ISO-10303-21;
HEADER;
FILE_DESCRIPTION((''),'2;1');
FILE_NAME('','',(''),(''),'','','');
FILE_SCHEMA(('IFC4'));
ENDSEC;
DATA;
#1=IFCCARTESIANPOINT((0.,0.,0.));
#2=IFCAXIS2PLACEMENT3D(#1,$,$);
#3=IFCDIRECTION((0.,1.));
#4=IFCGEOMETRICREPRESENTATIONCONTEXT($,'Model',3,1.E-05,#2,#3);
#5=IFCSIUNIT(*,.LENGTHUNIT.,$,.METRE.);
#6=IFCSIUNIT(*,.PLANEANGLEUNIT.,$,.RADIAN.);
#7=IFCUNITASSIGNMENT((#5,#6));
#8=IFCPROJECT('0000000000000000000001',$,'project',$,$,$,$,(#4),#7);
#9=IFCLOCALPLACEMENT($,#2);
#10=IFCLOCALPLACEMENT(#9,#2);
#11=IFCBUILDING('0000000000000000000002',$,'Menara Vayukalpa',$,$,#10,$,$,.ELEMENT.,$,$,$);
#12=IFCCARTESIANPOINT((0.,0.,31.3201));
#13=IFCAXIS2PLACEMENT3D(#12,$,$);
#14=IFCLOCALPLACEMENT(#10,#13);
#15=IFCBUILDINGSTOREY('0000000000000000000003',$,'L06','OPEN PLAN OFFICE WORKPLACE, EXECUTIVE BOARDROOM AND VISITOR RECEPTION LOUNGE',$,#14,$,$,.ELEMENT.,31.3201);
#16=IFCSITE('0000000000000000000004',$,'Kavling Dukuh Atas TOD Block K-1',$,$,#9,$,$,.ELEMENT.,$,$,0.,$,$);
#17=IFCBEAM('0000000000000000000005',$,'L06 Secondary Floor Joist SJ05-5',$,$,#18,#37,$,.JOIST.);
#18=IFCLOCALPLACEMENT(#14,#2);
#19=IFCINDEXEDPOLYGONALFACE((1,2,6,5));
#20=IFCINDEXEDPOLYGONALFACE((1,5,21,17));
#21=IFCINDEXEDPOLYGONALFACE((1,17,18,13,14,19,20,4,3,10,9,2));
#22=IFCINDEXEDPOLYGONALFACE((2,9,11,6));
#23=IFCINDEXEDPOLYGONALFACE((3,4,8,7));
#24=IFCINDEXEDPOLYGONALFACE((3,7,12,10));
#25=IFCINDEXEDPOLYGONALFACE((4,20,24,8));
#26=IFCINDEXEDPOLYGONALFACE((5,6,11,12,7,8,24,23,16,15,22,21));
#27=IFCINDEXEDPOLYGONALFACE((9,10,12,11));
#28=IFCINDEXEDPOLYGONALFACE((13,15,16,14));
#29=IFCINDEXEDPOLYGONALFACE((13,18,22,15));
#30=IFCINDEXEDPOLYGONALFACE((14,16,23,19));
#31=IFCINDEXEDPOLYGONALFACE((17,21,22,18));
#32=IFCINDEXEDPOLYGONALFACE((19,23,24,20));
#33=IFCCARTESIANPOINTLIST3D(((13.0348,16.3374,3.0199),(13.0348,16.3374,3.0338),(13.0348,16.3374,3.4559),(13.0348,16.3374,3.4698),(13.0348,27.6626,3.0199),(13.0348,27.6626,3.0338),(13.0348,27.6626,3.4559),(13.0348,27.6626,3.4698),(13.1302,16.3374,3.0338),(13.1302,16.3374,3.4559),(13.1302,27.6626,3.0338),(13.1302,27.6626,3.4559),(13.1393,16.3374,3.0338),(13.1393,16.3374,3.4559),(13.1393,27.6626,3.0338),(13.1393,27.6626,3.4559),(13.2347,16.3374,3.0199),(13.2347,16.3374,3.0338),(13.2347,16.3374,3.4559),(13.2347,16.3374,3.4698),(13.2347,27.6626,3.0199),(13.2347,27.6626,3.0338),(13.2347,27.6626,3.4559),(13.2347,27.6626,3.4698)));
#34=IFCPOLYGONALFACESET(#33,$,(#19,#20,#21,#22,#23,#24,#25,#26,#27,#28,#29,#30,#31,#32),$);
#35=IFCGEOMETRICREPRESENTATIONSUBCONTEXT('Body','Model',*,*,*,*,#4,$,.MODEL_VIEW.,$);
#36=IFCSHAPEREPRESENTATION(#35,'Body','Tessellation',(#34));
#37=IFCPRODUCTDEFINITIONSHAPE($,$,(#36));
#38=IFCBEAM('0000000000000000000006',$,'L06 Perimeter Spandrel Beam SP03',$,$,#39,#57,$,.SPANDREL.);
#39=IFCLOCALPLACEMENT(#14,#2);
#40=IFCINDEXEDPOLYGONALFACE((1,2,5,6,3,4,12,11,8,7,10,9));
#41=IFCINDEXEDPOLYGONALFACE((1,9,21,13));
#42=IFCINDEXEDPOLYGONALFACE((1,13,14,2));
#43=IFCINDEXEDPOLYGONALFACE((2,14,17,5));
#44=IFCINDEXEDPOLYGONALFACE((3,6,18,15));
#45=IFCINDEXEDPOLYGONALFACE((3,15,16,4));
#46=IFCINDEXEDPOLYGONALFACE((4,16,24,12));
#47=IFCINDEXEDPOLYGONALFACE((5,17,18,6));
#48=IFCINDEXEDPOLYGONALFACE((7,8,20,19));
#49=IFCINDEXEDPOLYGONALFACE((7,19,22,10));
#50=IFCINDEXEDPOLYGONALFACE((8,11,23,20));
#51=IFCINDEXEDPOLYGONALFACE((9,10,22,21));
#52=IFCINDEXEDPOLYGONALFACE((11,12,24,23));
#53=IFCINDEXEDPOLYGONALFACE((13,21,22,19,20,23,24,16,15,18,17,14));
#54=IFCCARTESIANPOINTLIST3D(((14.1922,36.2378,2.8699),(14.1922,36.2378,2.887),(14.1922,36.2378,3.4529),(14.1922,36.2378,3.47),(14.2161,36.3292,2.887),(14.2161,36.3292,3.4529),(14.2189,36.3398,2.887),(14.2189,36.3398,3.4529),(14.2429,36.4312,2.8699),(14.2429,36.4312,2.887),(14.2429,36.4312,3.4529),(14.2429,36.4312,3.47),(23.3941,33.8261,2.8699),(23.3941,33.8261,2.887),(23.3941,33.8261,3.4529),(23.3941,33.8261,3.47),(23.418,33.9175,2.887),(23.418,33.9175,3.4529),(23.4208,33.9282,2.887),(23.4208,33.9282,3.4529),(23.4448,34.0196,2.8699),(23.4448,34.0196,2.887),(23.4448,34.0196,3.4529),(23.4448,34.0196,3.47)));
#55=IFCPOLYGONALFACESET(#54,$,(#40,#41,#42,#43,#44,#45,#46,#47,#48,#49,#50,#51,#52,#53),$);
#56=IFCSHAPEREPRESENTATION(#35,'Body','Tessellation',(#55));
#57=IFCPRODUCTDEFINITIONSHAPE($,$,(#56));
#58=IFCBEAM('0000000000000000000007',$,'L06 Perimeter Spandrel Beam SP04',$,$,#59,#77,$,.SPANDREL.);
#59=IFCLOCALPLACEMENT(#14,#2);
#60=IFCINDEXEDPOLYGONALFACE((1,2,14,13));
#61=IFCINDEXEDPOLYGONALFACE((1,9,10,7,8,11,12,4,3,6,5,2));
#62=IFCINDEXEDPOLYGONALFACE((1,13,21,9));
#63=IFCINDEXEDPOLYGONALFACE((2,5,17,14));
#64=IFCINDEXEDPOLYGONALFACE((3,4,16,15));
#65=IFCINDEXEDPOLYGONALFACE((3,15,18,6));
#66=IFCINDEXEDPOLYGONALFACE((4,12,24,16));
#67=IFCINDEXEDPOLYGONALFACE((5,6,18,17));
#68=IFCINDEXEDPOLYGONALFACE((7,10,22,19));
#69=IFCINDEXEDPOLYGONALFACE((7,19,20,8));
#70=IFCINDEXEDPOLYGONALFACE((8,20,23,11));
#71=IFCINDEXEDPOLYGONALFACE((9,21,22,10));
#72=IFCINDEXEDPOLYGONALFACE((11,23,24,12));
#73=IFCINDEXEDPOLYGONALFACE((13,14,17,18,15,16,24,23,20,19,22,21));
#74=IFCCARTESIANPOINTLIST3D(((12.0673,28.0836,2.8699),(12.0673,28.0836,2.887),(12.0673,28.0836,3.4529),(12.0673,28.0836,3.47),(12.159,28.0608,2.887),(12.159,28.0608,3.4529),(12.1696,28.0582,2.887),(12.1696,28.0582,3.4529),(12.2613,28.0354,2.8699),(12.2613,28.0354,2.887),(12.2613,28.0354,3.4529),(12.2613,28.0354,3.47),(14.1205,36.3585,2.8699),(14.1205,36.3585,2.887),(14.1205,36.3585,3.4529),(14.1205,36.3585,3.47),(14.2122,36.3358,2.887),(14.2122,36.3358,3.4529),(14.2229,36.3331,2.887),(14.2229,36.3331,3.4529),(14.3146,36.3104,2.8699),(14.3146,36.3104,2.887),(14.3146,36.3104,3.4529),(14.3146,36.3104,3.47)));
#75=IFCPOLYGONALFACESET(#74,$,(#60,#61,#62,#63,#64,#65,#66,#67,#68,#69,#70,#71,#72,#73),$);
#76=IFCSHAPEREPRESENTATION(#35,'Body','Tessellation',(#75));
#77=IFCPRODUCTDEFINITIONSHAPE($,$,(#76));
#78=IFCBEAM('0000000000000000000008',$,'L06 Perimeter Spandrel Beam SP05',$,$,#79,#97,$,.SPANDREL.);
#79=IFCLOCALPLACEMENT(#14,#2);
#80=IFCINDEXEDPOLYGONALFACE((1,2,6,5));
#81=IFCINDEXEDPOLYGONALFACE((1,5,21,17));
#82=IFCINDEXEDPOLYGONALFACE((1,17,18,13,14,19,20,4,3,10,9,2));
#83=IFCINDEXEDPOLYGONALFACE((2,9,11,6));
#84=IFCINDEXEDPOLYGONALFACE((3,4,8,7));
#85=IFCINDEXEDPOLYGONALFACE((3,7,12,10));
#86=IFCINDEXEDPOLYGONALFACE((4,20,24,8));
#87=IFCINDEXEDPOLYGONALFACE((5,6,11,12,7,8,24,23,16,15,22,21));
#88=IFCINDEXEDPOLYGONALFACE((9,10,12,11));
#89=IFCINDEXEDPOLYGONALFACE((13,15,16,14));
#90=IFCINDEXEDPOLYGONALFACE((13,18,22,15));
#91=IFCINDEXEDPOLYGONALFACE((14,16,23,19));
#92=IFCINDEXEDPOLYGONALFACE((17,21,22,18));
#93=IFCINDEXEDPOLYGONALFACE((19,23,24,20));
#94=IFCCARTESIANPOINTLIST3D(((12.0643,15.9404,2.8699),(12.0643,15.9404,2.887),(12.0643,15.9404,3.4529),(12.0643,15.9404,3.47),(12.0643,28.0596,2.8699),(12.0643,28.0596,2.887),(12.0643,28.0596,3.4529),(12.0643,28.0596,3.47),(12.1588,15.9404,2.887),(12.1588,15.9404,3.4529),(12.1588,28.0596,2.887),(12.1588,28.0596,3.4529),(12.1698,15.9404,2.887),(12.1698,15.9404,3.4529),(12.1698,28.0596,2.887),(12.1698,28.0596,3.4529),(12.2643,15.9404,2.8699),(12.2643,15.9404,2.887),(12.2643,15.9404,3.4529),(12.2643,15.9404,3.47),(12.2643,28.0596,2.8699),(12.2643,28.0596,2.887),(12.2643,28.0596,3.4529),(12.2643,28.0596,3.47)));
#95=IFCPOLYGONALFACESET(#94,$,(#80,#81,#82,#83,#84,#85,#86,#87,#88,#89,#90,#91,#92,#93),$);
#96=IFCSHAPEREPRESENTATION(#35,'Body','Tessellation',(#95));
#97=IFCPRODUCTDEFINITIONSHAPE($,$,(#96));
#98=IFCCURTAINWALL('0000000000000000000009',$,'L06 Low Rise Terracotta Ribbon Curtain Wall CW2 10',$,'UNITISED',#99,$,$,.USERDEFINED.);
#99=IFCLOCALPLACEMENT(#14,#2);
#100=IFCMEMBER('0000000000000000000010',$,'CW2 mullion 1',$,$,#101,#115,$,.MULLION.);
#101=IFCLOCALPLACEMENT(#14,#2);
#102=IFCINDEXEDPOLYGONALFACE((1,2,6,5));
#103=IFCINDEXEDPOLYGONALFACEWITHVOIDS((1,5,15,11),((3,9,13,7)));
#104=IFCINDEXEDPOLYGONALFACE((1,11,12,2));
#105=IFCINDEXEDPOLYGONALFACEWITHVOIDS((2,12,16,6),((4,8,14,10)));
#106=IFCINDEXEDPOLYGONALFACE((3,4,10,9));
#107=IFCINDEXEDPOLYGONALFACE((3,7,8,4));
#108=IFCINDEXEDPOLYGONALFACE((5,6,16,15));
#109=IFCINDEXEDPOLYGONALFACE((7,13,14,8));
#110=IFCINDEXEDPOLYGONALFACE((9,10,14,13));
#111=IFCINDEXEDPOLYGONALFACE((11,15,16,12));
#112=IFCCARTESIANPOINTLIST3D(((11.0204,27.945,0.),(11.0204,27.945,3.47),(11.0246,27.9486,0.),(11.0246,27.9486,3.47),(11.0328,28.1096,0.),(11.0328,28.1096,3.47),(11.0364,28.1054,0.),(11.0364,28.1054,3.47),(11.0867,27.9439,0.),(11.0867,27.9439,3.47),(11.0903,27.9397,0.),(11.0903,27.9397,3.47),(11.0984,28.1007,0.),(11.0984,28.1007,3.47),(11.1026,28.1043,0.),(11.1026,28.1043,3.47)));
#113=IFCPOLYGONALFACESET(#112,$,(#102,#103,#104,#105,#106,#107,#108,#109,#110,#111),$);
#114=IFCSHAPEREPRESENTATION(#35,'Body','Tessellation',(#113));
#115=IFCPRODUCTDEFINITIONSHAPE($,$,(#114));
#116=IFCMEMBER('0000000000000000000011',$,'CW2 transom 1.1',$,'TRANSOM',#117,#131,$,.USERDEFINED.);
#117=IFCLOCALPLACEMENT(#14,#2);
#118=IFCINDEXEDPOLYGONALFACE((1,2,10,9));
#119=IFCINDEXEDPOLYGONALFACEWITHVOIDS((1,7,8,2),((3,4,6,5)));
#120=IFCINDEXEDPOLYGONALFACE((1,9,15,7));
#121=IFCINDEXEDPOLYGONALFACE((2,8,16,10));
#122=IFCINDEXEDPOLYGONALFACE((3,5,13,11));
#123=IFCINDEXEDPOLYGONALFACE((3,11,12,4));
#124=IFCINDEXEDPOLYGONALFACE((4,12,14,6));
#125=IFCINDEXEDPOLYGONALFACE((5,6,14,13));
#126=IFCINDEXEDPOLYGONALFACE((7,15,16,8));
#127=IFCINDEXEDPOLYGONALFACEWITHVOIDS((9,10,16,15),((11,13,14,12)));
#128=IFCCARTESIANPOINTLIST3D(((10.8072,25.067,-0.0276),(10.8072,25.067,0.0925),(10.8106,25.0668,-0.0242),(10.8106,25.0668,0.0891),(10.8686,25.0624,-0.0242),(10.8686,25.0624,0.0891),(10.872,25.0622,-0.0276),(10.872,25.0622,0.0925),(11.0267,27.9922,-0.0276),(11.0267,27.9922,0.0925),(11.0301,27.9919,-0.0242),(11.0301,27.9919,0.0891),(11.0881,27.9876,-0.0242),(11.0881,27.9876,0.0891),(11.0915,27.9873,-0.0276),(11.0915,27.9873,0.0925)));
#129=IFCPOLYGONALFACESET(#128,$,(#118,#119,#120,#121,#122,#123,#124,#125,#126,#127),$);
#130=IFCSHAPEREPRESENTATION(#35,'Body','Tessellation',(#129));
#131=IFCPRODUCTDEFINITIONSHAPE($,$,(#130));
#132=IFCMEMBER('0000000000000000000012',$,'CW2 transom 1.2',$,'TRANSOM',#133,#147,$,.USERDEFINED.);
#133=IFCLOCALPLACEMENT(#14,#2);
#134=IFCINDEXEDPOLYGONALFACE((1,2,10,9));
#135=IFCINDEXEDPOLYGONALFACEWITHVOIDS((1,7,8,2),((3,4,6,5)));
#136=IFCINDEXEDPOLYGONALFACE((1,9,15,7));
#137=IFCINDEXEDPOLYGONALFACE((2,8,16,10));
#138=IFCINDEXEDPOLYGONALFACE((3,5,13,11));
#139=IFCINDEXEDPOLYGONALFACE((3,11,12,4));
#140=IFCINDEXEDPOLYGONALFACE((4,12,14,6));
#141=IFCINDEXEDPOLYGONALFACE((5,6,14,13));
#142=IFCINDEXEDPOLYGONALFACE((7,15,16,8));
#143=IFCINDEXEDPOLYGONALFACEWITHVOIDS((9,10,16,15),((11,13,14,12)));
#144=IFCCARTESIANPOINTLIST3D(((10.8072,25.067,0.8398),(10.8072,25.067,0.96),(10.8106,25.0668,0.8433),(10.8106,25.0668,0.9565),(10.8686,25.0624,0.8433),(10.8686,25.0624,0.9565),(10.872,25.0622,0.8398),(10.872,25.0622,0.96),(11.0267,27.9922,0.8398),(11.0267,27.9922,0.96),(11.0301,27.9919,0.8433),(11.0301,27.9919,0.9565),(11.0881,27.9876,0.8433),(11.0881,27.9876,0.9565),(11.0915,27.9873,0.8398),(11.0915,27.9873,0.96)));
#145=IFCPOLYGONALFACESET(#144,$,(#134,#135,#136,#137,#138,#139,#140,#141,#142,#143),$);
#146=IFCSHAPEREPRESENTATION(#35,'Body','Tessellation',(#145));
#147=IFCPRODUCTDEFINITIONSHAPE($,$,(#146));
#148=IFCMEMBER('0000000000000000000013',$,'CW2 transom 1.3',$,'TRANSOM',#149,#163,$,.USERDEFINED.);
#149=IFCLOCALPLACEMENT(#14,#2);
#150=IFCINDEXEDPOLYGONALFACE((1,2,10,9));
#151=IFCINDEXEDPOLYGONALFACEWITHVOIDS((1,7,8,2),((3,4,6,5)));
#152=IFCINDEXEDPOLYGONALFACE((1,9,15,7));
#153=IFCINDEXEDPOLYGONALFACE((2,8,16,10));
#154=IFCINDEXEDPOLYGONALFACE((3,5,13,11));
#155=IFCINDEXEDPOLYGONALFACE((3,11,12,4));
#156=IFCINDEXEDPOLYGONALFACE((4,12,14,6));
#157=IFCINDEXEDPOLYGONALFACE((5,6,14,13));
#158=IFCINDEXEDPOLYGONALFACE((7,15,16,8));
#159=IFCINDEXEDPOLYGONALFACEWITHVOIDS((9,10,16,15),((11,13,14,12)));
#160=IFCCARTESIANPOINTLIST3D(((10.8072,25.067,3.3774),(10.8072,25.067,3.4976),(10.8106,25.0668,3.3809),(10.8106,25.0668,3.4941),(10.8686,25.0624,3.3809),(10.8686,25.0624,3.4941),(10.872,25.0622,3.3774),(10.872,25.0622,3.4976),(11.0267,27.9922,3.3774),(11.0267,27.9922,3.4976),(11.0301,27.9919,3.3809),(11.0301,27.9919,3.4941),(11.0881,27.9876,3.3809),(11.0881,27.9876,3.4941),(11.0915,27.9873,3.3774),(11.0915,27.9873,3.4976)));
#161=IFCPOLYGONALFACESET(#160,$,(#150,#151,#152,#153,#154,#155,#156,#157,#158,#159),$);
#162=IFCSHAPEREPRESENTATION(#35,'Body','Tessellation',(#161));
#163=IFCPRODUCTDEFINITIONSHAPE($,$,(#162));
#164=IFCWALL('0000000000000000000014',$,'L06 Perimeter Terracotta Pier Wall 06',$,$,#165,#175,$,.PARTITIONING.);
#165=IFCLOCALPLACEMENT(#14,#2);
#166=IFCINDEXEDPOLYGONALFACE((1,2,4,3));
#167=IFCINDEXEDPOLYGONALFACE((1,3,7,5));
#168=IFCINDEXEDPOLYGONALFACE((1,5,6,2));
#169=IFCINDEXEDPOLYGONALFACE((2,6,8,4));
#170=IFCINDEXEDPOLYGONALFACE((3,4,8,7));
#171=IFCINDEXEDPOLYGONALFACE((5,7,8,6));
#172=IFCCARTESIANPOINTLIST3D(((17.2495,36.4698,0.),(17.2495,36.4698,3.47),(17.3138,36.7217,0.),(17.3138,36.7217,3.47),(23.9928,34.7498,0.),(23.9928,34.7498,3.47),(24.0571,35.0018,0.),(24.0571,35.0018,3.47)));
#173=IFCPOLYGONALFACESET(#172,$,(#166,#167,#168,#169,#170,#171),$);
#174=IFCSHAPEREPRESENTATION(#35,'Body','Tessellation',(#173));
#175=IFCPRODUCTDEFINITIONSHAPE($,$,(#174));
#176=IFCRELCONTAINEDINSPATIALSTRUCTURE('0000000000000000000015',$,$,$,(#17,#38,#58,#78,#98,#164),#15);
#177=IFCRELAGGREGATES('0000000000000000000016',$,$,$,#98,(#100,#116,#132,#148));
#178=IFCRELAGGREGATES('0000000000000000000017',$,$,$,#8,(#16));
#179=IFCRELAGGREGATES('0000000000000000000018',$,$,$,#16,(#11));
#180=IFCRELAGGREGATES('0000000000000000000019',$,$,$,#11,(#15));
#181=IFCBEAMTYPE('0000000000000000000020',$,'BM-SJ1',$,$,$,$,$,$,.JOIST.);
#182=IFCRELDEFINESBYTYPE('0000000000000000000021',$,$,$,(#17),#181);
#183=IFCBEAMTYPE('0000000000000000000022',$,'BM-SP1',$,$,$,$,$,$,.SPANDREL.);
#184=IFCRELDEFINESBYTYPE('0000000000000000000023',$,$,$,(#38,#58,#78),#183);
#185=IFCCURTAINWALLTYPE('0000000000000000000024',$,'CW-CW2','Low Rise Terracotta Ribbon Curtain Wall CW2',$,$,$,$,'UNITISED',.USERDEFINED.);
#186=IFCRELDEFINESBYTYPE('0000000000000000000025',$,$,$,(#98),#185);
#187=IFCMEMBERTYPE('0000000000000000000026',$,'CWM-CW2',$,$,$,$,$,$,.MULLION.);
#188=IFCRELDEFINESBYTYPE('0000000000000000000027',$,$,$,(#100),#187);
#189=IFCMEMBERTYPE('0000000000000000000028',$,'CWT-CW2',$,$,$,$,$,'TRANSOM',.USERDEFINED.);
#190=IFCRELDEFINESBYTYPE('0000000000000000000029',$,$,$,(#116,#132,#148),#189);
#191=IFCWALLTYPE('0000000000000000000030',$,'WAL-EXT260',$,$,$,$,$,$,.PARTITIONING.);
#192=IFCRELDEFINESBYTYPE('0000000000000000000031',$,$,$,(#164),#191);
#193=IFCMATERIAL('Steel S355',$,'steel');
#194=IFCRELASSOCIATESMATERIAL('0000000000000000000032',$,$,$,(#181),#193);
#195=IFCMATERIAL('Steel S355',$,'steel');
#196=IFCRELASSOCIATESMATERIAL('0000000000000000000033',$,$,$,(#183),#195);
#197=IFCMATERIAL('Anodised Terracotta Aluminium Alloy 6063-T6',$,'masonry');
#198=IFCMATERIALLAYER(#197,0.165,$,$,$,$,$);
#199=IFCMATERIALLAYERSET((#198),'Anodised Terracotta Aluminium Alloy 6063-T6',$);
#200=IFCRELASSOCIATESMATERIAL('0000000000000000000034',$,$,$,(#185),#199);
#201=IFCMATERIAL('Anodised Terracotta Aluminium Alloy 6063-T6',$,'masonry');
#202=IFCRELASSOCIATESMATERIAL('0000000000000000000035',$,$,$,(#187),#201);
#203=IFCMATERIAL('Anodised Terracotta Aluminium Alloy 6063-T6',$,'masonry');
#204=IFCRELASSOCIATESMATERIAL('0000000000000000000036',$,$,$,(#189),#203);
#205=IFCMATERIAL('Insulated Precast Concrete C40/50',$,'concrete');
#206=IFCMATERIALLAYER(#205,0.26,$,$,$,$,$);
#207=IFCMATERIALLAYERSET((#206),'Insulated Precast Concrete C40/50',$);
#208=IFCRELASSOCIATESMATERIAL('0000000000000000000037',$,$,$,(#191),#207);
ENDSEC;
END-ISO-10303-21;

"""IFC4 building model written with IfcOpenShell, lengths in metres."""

from ifc_helpers import new_model, si_unit, direction, frame, frame_2d, origin, origin_2d, place, context, subcontext, project, spatial, rectangle, hollow_rectangle, i_section, extrude, material, layer, layer_set, material_profile, profile_set, type_object, element, aggregate, save


model = new_model("IFC4")

# Units and contexts
model_context = context("Model", 3, precision=1e-05, world=origin(), true_north=direction((0.0, 1.0)))
body_context = subcontext(model_context, "Body", "Model", "MODEL_VIEW")
ifc_project = project(units=[si_unit("LENGTHUNIT", "METRE"), si_unit("PLANEANGLEUNIT", "RADIAN")], contexts=[model_context])

# Site, building, storey
site_placement = place(None, origin())
site = spatial("IfcSite", under=ifc_project, at=site_placement, Name="Kavling Dukuh Atas TOD Block K-1", CompositionType="ELEMENT", RefElevation=0.0)
building_placement = place(site_placement, origin())
building = spatial("IfcBuilding", under=site, at=building_placement, Name="Menara Vayukalpa", CompositionType="ELEMENT")
storey_placement = place(building_placement, frame((0.0, 0.0, 31.3201)))
storey = spatial("IfcBuildingStorey", under=building, at=storey_placement, Name="L06", Description="OPEN PLAN OFFICE WORKPLACE, EXECUTIVE BOARDROOM AND VISITOR RECEPTION LOUNGE", CompositionType="ELEMENT", Elevation=31.3201)

# Beams
ifc_material_1 = material(Name="Steel S355", Category="steel")
ifc_material_profile_1 = material_profile(ifc_material_1, i_section(OverallWidth=0.2, OverallDepth=0.45, WebThickness=0.009, FlangeThickness=0.0139, at=origin_2d()), Name="WF 450x200x9x14")
ifc_profile_set_1 = profile_set([ifc_material_profile_1], Name="Steel S355")
beam_type_1 = type_object("IfcBeamType", Name="BM-SJ1", PredefinedType="JOIST", material=ifc_profile_set_1)
beam_1_placement = place(storey_placement, frame((13.1348, 27.6626, 3.2449), z_axis=(0.0, -1.0, 0.0), x_axis=(1.0, 0.0, 0.0)))
element("IfcBeam", 1, at=beam_1_placement, inside=storey, type_object=beam_type_1, Name="L06 Secondary Floor Joist SJ05-5", PredefinedType="JOIST", context=body_context, shape_type="SweptSolid", body=[
    extrude(i_section(OverallWidth=0.2, OverallDepth=0.45, WebThickness=0.009, FlangeThickness=0.0139, at=origin_2d()), origin(), (0.0, 0.0, 1.0), 11.3252),
])
ifc_material_2 = material(Name="Steel S355", Category="steel")
ifc_material_profile_2 = material_profile(ifc_material_2, i_section(OverallWidth=0.2, OverallDepth=0.6001, WebThickness=0.011, FlangeThickness=0.0171, at=origin_2d()), Name="WF 600x200x11x17")
ifc_profile_set_2 = profile_set([ifc_material_profile_2], Name="Steel S355")
beam_type_2 = type_object("IfcBeamType", Name="BM-SP1", PredefinedType="SPANDREL", material=ifc_profile_set_2)
beam_2_placement = place(storey_placement, frame((23.4194, 33.9229, 3.1699), z_axis=(-0.967331, 0.253517, 0.0), x_axis=(-0.253517, -0.967331, 0.0)))
element("IfcBeam", 2, at=beam_2_placement, inside=storey, type_object=beam_type_2, Name="L06 Perimeter Spandrel Beam SP03", PredefinedType="SPANDREL", context=body_context, shape_type="SweptSolid", body=[
    extrude(i_section(OverallWidth=0.2, OverallDepth=0.6001, WebThickness=0.011, FlangeThickness=0.0171, at=origin_2d()), origin(), (0.0, 0.0, 1.0), 9.5127),
])
beam_3_placement = place(storey_placement, frame((14.2175, 36.3345, 3.1699), z_axis=(-0.240824, -0.970569, 0.0), x_axis=(0.970569, -0.240824, 0.0)))
element("IfcBeam", 3, at=beam_3_placement, inside=storey, type_object=beam_type_2, Name="L06 Perimeter Spandrel Beam SP04", PredefinedType="SPANDREL", context=body_context, shape_type="SweptSolid", body=[
    extrude(i_section(OverallWidth=0.2, OverallDepth=0.6001, WebThickness=0.011, FlangeThickness=0.0171, at=origin_2d()), origin(), (0.0, 0.0, 1.0), 8.5259),
])
beam_4_placement = place(storey_placement, frame((12.1643, 28.0596, 3.1699), z_axis=(0.0, -1.0, 0.0), x_axis=(1.0, 0.0, 0.0)))
element("IfcBeam", 4, at=beam_4_placement, inside=storey, type_object=beam_type_2, Name="L06 Perimeter Spandrel Beam SP05", PredefinedType="SPANDREL", context=body_context, shape_type="SweptSolid", body=[
    extrude(i_section(OverallWidth=0.2, OverallDepth=0.6001, WebThickness=0.011, FlangeThickness=0.0171, at=origin_2d()), origin(), (0.0, 0.0, 1.0), 12.1191),
])

# Curtain wall, members
ifc_material_3 = material(Name="Anodised Terracotta Aluminium Alloy 6063-T6", Category="masonry")
ifc_layer_1 = layer(ifc_material_3, 0.165)
ifc_layer_set_1 = layer_set([ifc_layer_1], Name="Anodised Terracotta Aluminium Alloy 6063-T6")
curtain_wall_type = type_object("IfcCurtainWallType", Name="CW-CW2", Description="Low Rise Terracotta Ribbon Curtain Wall CW2", ElementType="UNITISED", PredefinedType="USERDEFINED", material=ifc_layer_set_1)
curtain_wall_placement = place(storey_placement, origin())
curtain_wall = element("IfcCurtainWall", 5, at=curtain_wall_placement, inside=storey, type_object=curtain_wall_type, Name="L06 Low Rise Terracotta Ribbon Curtain Wall CW2 10", ObjectType="UNITISED", PredefinedType="USERDEFINED")
ifc_material_4 = material(Name="Anodised Terracotta Aluminium Alloy 6063-T6", Category="masonry")
ifc_material_profile_3 = material_profile(ifc_material_4, hollow_rectangle(XDim=0.0701, YDim=0.165, WallThickness=0.0039, at=origin_2d()), Name="ALU 70x165x4")
ifc_profile_set_3 = profile_set([ifc_material_profile_3], Name="Anodised Terracotta Aluminium Alloy 6063-T6")
member_type_1 = type_object("IfcMemberType", Name="CWM-CW2", PredefinedType="MULLION", material=ifc_profile_set_3)
member_1_placement = place(storey_placement, frame((11.0615, 28.0247, 0.0), z_axis=(0.0, 0.0, 1.0), x_axis=(0.997199, -0.074795, 0.0)))
member_1 = element("IfcMember", 6, at=member_1_placement, type_object=member_type_1, Name="CW2 mullion 1", PredefinedType="MULLION", context=body_context, shape_type="SweptSolid", body=[
    extrude(hollow_rectangle(XDim=0.0701, YDim=0.165, WallThickness=0.0039, at=origin_2d()), origin(), (0.0, 0.0, 1.0), 3.47),
])
ifc_material_5 = material(Name="Anodised Terracotta Aluminium Alloy 6063-T6", Category="masonry")
ifc_material_profile_4 = material_profile(ifc_material_5, hollow_rectangle(XDim=0.0649, YDim=0.1201, WallThickness=0.0034, at=origin_2d()), Name="ALU 65x120x3.5")
ifc_profile_set_4 = profile_set([ifc_material_profile_4], Name="Anodised Terracotta Aluminium Alloy 6063-T6")
member_type_2 = type_object("IfcMemberType", Name="CWT-CW2", ElementType="TRANSOM", PredefinedType="USERDEFINED", material=ifc_profile_set_4)
member_2_placement = place(storey_placement, frame((11.0591, 27.9897, 0.0325), z_axis=(-0.074825, -0.997197, 0.0), x_axis=(0.997197, -0.074825, 0.0)))
member_2 = element("IfcMember", 7, at=member_2_placement, type_object=member_type_2, Name="CW2 transom 1.1", ObjectType="TRANSOM", PredefinedType="USERDEFINED", context=body_context, shape_type="SweptSolid", body=[
    extrude(hollow_rectangle(XDim=0.0649, YDim=0.1201, WallThickness=0.0034, at=origin_2d()), origin(), (0.0, 0.0, 1.0), 2.9333),
])
member_3_placement = place(storey_placement, frame((11.0591, 27.9897, 0.8999), z_axis=(-0.074825, -0.997197, 0.0), x_axis=(0.997197, -0.074825, 0.0)))
member_3 = element("IfcMember", 8, at=member_3_placement, type_object=member_type_2, Name="CW2 transom 1.2", ObjectType="TRANSOM", PredefinedType="USERDEFINED", context=body_context, shape_type="SweptSolid", body=[
    extrude(hollow_rectangle(XDim=0.0649, YDim=0.1201, WallThickness=0.0034, at=origin_2d()), origin(), (0.0, 0.0, 1.0), 2.9333),
])
member_4_placement = place(storey_placement, frame((11.0591, 27.9897, 3.4375), z_axis=(-0.074825, -0.997197, 0.0), x_axis=(0.997197, -0.074825, 0.0)))
member_4 = element("IfcMember", 9, at=member_4_placement, type_object=member_type_2, Name="CW2 transom 1.3", ObjectType="TRANSOM", PredefinedType="USERDEFINED", context=body_context, shape_type="SweptSolid", body=[
    extrude(hollow_rectangle(XDim=0.0649, YDim=0.1201, WallThickness=0.0034, at=origin_2d()), origin(), (0.0, 0.0, 1.0), 2.9333),
])
aggregate(curtain_wall, [member_1, member_2, member_3, member_4])

# Wall
ifc_material_6 = material(Name="Insulated Precast Concrete C40/50", Category="concrete")
ifc_layer_2 = layer(ifc_material_6, 0.26)
ifc_layer_set_2 = layer_set([ifc_layer_2], Name="Insulated Precast Concrete C40/50")
wall_type_1 = type_object("IfcWallType", Name="WAL-EXT260", PredefinedType="PARTITIONING", material=ifc_layer_set_2)
wall_1_placement = place(storey_placement, frame((17.2817, 36.5957, 0.0), z_axis=(0.0, 0.0, 1.0), x_axis=(0.968978, -0.247147, 0.0)))
element("IfcWall", 10, at=wall_1_placement, inside=storey, type_object=wall_type_1, Name="L06 Perimeter Terracotta Pier Wall 06", PredefinedType="PARTITIONING", context=body_context, shape_type="SweptSolid", body=[
    extrude(rectangle(XDim=6.9592, YDim=0.26, at=frame_2d((3.4795, 0.0))), origin(), (0.0, 0.0, 1.0), 3.47),
])

save(model, "model.ifc")
